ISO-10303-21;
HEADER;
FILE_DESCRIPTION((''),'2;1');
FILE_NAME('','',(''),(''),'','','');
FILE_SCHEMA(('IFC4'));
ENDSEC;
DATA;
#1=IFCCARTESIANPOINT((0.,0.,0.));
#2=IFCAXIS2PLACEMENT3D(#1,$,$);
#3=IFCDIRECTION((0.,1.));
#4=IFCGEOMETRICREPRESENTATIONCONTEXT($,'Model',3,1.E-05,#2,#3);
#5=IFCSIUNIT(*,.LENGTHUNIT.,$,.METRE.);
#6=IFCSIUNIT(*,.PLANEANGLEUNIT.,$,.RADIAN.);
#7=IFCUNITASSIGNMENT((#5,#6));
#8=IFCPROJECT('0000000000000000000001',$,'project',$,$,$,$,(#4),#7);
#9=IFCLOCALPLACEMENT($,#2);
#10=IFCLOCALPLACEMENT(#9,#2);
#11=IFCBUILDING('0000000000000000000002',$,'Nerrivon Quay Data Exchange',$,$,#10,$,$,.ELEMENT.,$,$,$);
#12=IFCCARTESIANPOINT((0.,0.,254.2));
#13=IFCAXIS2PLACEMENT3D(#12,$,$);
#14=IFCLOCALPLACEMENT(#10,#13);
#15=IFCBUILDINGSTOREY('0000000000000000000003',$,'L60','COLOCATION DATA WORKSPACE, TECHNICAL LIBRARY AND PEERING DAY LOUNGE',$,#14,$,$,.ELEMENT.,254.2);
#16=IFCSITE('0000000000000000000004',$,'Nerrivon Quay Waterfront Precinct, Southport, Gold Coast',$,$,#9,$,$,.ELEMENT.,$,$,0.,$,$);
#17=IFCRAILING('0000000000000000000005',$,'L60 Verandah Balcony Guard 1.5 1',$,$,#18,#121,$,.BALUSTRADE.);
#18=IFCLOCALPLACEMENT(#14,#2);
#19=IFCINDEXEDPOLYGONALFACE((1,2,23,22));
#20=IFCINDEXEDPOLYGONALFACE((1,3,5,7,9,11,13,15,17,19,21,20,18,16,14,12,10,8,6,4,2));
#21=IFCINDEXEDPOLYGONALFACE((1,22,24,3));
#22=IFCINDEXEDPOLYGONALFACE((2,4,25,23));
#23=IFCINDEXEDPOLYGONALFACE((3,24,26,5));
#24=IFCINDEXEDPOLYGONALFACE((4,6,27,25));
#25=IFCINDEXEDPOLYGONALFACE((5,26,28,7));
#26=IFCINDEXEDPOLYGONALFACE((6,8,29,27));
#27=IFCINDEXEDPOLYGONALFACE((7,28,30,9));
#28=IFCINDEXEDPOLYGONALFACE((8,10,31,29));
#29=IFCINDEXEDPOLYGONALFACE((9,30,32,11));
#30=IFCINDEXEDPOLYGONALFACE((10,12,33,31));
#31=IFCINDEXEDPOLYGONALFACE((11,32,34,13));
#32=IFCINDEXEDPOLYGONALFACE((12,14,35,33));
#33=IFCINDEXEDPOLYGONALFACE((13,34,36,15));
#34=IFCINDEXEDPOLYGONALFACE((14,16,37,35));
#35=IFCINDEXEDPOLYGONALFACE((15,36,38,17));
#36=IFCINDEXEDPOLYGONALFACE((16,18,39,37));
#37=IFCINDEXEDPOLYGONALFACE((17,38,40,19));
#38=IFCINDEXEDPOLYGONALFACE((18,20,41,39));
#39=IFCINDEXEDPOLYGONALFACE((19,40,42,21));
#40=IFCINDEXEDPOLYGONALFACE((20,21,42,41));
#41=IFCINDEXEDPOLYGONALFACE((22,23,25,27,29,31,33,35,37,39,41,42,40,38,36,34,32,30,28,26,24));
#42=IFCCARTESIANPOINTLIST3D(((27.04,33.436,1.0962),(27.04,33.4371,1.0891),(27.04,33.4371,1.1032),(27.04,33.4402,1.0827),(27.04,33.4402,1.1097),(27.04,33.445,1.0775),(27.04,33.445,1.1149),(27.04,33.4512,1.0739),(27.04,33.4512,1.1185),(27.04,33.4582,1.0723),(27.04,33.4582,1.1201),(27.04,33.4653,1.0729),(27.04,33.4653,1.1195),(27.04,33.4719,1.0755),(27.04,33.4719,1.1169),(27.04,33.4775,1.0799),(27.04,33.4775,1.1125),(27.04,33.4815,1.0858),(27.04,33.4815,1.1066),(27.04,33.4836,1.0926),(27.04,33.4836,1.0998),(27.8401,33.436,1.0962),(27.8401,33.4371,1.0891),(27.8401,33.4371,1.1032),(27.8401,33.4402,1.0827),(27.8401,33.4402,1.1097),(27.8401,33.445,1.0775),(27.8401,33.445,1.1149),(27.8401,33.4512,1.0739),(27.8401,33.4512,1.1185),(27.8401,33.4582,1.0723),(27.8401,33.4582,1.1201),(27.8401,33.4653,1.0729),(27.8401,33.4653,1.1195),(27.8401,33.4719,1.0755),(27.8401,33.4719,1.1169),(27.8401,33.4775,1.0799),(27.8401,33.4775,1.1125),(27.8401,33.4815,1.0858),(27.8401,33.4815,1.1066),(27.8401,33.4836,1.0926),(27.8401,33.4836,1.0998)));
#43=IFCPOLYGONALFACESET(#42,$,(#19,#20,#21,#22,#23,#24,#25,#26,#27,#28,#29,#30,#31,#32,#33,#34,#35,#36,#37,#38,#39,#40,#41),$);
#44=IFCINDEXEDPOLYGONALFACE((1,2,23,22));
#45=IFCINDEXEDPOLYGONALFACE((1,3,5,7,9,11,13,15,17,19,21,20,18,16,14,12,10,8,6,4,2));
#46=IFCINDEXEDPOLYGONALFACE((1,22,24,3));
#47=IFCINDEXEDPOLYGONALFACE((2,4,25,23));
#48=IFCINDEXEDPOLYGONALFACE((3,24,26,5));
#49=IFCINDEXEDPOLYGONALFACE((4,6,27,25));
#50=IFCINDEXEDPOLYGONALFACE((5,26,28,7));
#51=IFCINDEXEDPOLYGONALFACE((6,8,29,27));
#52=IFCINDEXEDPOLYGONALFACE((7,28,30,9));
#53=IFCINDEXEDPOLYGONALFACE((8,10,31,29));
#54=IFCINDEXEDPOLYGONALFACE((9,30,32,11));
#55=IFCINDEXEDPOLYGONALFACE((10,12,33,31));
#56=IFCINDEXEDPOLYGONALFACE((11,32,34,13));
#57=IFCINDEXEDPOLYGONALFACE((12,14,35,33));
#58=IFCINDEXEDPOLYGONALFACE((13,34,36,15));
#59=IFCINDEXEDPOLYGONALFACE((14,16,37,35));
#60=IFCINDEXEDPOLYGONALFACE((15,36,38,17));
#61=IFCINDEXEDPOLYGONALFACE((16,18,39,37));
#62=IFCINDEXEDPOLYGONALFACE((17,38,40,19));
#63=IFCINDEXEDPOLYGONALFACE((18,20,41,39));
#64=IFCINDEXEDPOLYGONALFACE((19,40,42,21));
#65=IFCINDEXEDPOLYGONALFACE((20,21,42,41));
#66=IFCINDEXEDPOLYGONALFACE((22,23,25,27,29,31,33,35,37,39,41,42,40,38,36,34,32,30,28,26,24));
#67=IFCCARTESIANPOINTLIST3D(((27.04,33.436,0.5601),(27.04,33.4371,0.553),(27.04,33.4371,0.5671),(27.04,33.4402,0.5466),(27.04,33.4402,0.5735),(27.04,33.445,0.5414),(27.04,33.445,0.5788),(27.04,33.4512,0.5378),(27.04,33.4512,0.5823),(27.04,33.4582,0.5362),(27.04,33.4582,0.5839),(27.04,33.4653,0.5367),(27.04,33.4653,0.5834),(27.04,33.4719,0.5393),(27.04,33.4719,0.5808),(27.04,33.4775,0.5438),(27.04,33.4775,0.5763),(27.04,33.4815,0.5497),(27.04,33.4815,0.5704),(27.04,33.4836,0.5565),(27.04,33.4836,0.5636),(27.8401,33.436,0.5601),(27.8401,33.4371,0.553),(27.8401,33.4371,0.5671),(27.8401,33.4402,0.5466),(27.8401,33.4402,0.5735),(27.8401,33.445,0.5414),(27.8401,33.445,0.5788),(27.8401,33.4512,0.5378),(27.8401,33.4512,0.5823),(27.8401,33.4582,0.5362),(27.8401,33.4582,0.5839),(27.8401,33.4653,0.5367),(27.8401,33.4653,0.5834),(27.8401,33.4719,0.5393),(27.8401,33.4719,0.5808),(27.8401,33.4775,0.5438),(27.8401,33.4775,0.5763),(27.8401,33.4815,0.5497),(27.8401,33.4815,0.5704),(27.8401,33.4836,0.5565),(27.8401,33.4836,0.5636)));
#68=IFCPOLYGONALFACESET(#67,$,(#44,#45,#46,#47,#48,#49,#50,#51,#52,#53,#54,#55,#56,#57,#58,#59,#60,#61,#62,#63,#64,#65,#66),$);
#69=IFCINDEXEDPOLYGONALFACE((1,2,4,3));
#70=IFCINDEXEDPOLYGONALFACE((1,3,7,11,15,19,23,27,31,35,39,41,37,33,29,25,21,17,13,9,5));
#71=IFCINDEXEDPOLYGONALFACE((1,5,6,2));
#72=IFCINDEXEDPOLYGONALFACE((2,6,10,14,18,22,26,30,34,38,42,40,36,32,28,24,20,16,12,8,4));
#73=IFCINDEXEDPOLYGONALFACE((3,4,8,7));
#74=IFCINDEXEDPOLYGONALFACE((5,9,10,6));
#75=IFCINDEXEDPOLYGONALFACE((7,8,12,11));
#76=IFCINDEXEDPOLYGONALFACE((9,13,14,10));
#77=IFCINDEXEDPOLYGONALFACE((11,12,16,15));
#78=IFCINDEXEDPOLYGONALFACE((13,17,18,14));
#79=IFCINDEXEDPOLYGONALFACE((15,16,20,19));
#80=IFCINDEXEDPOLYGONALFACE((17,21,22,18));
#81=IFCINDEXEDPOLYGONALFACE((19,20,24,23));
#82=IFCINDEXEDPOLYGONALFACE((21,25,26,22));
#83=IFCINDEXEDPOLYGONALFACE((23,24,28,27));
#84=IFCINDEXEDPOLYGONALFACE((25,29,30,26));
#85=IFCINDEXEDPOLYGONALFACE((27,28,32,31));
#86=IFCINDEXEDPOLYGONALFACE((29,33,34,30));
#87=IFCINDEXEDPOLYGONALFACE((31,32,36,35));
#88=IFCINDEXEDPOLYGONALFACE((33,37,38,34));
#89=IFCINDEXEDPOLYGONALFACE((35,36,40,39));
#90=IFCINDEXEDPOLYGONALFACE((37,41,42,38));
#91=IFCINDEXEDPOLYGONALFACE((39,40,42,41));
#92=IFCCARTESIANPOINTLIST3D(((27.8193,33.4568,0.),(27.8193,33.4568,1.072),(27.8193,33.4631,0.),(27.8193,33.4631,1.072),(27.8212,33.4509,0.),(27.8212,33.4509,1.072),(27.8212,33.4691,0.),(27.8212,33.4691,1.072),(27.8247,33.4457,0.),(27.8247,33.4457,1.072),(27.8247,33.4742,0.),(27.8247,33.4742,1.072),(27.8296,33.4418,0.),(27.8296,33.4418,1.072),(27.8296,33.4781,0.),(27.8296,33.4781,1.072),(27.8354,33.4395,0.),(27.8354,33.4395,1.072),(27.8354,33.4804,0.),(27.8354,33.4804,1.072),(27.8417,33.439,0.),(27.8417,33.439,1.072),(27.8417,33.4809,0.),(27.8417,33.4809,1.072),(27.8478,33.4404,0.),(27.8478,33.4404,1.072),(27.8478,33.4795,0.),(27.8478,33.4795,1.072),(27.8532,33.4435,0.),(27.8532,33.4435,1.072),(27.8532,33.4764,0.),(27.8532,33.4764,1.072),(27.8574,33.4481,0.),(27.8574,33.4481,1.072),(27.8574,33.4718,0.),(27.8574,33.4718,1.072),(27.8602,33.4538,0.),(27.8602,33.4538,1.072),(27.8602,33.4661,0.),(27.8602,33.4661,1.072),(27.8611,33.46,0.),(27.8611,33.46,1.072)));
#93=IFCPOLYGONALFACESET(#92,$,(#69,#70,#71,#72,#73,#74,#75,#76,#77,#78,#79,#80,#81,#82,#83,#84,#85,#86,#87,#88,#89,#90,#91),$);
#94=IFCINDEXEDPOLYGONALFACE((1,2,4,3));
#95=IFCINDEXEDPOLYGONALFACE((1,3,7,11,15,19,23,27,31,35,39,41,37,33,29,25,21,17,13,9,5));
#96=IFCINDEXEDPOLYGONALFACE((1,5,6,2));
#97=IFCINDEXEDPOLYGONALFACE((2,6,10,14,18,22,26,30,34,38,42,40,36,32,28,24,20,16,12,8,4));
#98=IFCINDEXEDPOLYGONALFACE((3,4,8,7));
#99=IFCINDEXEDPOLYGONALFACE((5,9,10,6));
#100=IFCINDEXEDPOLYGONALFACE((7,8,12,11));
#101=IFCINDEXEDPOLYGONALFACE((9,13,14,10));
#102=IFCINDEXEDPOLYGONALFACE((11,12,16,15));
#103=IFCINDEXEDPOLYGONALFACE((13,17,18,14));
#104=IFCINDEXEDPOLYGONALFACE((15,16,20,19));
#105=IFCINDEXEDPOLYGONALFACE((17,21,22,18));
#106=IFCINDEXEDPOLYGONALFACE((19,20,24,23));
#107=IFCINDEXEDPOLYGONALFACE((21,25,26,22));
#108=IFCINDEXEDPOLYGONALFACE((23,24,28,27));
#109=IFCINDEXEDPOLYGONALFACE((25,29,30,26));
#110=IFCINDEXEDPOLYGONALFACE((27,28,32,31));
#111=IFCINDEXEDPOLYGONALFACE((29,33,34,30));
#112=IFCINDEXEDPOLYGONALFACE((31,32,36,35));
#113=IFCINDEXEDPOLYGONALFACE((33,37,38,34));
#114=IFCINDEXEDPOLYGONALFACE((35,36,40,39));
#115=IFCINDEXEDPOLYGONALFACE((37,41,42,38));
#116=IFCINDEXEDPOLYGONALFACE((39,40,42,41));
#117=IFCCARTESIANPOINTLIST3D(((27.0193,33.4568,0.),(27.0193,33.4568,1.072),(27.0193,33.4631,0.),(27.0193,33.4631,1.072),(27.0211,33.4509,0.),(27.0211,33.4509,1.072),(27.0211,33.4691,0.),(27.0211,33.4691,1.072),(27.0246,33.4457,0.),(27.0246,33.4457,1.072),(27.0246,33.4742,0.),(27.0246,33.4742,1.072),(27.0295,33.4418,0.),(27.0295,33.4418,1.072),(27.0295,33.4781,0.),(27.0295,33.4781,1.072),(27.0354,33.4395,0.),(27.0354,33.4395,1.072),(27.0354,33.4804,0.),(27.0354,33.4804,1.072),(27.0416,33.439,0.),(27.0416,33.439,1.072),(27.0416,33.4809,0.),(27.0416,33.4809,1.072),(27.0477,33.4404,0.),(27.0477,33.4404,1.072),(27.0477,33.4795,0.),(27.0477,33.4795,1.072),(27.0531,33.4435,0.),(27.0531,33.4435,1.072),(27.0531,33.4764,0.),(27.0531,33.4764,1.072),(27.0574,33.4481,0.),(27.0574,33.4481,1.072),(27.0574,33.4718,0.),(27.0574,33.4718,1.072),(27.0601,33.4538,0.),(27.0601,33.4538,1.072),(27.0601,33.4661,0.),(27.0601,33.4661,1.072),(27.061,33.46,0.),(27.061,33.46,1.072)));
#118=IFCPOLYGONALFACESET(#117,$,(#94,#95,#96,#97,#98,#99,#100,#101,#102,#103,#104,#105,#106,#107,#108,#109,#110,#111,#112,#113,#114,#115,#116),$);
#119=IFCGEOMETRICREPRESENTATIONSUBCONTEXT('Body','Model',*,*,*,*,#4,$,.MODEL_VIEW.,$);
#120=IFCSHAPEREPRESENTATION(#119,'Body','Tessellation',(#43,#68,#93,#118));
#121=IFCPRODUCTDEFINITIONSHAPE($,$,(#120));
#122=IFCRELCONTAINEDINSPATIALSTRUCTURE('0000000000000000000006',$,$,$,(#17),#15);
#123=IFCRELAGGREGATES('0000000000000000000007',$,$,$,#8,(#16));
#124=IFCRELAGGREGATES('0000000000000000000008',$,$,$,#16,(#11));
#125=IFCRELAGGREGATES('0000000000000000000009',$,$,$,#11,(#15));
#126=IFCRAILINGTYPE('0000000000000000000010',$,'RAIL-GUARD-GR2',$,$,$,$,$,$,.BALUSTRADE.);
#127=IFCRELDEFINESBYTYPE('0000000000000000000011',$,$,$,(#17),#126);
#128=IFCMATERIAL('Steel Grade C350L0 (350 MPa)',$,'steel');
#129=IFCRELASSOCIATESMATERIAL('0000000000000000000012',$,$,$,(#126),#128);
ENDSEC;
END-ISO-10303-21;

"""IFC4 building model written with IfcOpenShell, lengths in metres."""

from ifc_helpers import new_model, si_unit, direction, frame, origin, origin_2d, place, context, subcontext, project, spatial, circle, extrude, material, type_object, element, save


model = new_model("IFC4")

# Units and contexts
model_context = context("Model", 3, precision=1e-05, world=origin(), true_north=direction((0.0, 1.0)))
body_context = subcontext(model_context, "Body", "Model", "MODEL_VIEW")
ifc_project = project(units=[si_unit("LENGTHUNIT", "METRE"), si_unit("PLANEANGLEUNIT", "RADIAN")], contexts=[model_context])

# Site, building, storey
site_placement = place(None, origin())
site = spatial("IfcSite", under=ifc_project, at=site_placement, Name="Nerrivon Quay Waterfront Precinct, Southport, Gold Coast", CompositionType="ELEMENT", RefElevation=0.0)
building_placement = place(site_placement, origin())
building = spatial("IfcBuilding", under=site, at=building_placement, Name="Nerrivon Quay Data Exchange", CompositionType="ELEMENT")
storey_placement = place(building_placement, frame((0.0, 0.0, 254.2)))
storey = spatial("IfcBuildingStorey", under=building, at=storey_placement, Name="L60", Description="COLOCATION DATA WORKSPACE, TECHNICAL LIBRARY AND PEERING DAY LOUNGE", CompositionType="ELEMENT", Elevation=254.2)

# Shared definitions
ifc_material_1 = material(Name="Steel Grade C350L0 (350 MPa)", Category="steel")

# Railing
railing_type = type_object("IfcRailingType", Name="RAIL-GUARD-GR2", PredefinedType="BALUSTRADE", material=ifc_material_1)
railing_1_placement = place(storey_placement, frame((27.8401, 33.46, 0.0)))
element("IfcRailing", 1, at=railing_1_placement, inside=storey, type_object=railing_type, Name="L60 Verandah Balcony Guard 1.5 1", PredefinedType="BALUSTRADE", context=body_context, shape_type="SweptSolid", body=[
    extrude(circle(Radius=0.0239, at=origin_2d()), frame((0.0, 0.0, 1.0962), z_axis=(-1.0, 0.0, 0.0), x_axis=(0.0, -1.0, 0.0)), (0.0, 0.0, 1.0), 0.8),
    extrude(circle(Radius=0.0239, at=origin_2d()), frame((0.0, 0.0, 0.5601), z_axis=(-1.0, 0.0, 0.0), x_axis=(0.0, -1.0, 0.0)), (0.0, 0.0, 1.0), 0.8),
    extrude(circle(Radius=0.021, at=origin_2d()), origin(), (0.0, 0.0, 1.0), 1.072),
    extrude(circle(Radius=0.021, at=origin_2d()), frame((-0.8, 0.0, 0.0)), (0.0, 0.0, 1.0), 1.072),
])

save(model, "model.ifc")
